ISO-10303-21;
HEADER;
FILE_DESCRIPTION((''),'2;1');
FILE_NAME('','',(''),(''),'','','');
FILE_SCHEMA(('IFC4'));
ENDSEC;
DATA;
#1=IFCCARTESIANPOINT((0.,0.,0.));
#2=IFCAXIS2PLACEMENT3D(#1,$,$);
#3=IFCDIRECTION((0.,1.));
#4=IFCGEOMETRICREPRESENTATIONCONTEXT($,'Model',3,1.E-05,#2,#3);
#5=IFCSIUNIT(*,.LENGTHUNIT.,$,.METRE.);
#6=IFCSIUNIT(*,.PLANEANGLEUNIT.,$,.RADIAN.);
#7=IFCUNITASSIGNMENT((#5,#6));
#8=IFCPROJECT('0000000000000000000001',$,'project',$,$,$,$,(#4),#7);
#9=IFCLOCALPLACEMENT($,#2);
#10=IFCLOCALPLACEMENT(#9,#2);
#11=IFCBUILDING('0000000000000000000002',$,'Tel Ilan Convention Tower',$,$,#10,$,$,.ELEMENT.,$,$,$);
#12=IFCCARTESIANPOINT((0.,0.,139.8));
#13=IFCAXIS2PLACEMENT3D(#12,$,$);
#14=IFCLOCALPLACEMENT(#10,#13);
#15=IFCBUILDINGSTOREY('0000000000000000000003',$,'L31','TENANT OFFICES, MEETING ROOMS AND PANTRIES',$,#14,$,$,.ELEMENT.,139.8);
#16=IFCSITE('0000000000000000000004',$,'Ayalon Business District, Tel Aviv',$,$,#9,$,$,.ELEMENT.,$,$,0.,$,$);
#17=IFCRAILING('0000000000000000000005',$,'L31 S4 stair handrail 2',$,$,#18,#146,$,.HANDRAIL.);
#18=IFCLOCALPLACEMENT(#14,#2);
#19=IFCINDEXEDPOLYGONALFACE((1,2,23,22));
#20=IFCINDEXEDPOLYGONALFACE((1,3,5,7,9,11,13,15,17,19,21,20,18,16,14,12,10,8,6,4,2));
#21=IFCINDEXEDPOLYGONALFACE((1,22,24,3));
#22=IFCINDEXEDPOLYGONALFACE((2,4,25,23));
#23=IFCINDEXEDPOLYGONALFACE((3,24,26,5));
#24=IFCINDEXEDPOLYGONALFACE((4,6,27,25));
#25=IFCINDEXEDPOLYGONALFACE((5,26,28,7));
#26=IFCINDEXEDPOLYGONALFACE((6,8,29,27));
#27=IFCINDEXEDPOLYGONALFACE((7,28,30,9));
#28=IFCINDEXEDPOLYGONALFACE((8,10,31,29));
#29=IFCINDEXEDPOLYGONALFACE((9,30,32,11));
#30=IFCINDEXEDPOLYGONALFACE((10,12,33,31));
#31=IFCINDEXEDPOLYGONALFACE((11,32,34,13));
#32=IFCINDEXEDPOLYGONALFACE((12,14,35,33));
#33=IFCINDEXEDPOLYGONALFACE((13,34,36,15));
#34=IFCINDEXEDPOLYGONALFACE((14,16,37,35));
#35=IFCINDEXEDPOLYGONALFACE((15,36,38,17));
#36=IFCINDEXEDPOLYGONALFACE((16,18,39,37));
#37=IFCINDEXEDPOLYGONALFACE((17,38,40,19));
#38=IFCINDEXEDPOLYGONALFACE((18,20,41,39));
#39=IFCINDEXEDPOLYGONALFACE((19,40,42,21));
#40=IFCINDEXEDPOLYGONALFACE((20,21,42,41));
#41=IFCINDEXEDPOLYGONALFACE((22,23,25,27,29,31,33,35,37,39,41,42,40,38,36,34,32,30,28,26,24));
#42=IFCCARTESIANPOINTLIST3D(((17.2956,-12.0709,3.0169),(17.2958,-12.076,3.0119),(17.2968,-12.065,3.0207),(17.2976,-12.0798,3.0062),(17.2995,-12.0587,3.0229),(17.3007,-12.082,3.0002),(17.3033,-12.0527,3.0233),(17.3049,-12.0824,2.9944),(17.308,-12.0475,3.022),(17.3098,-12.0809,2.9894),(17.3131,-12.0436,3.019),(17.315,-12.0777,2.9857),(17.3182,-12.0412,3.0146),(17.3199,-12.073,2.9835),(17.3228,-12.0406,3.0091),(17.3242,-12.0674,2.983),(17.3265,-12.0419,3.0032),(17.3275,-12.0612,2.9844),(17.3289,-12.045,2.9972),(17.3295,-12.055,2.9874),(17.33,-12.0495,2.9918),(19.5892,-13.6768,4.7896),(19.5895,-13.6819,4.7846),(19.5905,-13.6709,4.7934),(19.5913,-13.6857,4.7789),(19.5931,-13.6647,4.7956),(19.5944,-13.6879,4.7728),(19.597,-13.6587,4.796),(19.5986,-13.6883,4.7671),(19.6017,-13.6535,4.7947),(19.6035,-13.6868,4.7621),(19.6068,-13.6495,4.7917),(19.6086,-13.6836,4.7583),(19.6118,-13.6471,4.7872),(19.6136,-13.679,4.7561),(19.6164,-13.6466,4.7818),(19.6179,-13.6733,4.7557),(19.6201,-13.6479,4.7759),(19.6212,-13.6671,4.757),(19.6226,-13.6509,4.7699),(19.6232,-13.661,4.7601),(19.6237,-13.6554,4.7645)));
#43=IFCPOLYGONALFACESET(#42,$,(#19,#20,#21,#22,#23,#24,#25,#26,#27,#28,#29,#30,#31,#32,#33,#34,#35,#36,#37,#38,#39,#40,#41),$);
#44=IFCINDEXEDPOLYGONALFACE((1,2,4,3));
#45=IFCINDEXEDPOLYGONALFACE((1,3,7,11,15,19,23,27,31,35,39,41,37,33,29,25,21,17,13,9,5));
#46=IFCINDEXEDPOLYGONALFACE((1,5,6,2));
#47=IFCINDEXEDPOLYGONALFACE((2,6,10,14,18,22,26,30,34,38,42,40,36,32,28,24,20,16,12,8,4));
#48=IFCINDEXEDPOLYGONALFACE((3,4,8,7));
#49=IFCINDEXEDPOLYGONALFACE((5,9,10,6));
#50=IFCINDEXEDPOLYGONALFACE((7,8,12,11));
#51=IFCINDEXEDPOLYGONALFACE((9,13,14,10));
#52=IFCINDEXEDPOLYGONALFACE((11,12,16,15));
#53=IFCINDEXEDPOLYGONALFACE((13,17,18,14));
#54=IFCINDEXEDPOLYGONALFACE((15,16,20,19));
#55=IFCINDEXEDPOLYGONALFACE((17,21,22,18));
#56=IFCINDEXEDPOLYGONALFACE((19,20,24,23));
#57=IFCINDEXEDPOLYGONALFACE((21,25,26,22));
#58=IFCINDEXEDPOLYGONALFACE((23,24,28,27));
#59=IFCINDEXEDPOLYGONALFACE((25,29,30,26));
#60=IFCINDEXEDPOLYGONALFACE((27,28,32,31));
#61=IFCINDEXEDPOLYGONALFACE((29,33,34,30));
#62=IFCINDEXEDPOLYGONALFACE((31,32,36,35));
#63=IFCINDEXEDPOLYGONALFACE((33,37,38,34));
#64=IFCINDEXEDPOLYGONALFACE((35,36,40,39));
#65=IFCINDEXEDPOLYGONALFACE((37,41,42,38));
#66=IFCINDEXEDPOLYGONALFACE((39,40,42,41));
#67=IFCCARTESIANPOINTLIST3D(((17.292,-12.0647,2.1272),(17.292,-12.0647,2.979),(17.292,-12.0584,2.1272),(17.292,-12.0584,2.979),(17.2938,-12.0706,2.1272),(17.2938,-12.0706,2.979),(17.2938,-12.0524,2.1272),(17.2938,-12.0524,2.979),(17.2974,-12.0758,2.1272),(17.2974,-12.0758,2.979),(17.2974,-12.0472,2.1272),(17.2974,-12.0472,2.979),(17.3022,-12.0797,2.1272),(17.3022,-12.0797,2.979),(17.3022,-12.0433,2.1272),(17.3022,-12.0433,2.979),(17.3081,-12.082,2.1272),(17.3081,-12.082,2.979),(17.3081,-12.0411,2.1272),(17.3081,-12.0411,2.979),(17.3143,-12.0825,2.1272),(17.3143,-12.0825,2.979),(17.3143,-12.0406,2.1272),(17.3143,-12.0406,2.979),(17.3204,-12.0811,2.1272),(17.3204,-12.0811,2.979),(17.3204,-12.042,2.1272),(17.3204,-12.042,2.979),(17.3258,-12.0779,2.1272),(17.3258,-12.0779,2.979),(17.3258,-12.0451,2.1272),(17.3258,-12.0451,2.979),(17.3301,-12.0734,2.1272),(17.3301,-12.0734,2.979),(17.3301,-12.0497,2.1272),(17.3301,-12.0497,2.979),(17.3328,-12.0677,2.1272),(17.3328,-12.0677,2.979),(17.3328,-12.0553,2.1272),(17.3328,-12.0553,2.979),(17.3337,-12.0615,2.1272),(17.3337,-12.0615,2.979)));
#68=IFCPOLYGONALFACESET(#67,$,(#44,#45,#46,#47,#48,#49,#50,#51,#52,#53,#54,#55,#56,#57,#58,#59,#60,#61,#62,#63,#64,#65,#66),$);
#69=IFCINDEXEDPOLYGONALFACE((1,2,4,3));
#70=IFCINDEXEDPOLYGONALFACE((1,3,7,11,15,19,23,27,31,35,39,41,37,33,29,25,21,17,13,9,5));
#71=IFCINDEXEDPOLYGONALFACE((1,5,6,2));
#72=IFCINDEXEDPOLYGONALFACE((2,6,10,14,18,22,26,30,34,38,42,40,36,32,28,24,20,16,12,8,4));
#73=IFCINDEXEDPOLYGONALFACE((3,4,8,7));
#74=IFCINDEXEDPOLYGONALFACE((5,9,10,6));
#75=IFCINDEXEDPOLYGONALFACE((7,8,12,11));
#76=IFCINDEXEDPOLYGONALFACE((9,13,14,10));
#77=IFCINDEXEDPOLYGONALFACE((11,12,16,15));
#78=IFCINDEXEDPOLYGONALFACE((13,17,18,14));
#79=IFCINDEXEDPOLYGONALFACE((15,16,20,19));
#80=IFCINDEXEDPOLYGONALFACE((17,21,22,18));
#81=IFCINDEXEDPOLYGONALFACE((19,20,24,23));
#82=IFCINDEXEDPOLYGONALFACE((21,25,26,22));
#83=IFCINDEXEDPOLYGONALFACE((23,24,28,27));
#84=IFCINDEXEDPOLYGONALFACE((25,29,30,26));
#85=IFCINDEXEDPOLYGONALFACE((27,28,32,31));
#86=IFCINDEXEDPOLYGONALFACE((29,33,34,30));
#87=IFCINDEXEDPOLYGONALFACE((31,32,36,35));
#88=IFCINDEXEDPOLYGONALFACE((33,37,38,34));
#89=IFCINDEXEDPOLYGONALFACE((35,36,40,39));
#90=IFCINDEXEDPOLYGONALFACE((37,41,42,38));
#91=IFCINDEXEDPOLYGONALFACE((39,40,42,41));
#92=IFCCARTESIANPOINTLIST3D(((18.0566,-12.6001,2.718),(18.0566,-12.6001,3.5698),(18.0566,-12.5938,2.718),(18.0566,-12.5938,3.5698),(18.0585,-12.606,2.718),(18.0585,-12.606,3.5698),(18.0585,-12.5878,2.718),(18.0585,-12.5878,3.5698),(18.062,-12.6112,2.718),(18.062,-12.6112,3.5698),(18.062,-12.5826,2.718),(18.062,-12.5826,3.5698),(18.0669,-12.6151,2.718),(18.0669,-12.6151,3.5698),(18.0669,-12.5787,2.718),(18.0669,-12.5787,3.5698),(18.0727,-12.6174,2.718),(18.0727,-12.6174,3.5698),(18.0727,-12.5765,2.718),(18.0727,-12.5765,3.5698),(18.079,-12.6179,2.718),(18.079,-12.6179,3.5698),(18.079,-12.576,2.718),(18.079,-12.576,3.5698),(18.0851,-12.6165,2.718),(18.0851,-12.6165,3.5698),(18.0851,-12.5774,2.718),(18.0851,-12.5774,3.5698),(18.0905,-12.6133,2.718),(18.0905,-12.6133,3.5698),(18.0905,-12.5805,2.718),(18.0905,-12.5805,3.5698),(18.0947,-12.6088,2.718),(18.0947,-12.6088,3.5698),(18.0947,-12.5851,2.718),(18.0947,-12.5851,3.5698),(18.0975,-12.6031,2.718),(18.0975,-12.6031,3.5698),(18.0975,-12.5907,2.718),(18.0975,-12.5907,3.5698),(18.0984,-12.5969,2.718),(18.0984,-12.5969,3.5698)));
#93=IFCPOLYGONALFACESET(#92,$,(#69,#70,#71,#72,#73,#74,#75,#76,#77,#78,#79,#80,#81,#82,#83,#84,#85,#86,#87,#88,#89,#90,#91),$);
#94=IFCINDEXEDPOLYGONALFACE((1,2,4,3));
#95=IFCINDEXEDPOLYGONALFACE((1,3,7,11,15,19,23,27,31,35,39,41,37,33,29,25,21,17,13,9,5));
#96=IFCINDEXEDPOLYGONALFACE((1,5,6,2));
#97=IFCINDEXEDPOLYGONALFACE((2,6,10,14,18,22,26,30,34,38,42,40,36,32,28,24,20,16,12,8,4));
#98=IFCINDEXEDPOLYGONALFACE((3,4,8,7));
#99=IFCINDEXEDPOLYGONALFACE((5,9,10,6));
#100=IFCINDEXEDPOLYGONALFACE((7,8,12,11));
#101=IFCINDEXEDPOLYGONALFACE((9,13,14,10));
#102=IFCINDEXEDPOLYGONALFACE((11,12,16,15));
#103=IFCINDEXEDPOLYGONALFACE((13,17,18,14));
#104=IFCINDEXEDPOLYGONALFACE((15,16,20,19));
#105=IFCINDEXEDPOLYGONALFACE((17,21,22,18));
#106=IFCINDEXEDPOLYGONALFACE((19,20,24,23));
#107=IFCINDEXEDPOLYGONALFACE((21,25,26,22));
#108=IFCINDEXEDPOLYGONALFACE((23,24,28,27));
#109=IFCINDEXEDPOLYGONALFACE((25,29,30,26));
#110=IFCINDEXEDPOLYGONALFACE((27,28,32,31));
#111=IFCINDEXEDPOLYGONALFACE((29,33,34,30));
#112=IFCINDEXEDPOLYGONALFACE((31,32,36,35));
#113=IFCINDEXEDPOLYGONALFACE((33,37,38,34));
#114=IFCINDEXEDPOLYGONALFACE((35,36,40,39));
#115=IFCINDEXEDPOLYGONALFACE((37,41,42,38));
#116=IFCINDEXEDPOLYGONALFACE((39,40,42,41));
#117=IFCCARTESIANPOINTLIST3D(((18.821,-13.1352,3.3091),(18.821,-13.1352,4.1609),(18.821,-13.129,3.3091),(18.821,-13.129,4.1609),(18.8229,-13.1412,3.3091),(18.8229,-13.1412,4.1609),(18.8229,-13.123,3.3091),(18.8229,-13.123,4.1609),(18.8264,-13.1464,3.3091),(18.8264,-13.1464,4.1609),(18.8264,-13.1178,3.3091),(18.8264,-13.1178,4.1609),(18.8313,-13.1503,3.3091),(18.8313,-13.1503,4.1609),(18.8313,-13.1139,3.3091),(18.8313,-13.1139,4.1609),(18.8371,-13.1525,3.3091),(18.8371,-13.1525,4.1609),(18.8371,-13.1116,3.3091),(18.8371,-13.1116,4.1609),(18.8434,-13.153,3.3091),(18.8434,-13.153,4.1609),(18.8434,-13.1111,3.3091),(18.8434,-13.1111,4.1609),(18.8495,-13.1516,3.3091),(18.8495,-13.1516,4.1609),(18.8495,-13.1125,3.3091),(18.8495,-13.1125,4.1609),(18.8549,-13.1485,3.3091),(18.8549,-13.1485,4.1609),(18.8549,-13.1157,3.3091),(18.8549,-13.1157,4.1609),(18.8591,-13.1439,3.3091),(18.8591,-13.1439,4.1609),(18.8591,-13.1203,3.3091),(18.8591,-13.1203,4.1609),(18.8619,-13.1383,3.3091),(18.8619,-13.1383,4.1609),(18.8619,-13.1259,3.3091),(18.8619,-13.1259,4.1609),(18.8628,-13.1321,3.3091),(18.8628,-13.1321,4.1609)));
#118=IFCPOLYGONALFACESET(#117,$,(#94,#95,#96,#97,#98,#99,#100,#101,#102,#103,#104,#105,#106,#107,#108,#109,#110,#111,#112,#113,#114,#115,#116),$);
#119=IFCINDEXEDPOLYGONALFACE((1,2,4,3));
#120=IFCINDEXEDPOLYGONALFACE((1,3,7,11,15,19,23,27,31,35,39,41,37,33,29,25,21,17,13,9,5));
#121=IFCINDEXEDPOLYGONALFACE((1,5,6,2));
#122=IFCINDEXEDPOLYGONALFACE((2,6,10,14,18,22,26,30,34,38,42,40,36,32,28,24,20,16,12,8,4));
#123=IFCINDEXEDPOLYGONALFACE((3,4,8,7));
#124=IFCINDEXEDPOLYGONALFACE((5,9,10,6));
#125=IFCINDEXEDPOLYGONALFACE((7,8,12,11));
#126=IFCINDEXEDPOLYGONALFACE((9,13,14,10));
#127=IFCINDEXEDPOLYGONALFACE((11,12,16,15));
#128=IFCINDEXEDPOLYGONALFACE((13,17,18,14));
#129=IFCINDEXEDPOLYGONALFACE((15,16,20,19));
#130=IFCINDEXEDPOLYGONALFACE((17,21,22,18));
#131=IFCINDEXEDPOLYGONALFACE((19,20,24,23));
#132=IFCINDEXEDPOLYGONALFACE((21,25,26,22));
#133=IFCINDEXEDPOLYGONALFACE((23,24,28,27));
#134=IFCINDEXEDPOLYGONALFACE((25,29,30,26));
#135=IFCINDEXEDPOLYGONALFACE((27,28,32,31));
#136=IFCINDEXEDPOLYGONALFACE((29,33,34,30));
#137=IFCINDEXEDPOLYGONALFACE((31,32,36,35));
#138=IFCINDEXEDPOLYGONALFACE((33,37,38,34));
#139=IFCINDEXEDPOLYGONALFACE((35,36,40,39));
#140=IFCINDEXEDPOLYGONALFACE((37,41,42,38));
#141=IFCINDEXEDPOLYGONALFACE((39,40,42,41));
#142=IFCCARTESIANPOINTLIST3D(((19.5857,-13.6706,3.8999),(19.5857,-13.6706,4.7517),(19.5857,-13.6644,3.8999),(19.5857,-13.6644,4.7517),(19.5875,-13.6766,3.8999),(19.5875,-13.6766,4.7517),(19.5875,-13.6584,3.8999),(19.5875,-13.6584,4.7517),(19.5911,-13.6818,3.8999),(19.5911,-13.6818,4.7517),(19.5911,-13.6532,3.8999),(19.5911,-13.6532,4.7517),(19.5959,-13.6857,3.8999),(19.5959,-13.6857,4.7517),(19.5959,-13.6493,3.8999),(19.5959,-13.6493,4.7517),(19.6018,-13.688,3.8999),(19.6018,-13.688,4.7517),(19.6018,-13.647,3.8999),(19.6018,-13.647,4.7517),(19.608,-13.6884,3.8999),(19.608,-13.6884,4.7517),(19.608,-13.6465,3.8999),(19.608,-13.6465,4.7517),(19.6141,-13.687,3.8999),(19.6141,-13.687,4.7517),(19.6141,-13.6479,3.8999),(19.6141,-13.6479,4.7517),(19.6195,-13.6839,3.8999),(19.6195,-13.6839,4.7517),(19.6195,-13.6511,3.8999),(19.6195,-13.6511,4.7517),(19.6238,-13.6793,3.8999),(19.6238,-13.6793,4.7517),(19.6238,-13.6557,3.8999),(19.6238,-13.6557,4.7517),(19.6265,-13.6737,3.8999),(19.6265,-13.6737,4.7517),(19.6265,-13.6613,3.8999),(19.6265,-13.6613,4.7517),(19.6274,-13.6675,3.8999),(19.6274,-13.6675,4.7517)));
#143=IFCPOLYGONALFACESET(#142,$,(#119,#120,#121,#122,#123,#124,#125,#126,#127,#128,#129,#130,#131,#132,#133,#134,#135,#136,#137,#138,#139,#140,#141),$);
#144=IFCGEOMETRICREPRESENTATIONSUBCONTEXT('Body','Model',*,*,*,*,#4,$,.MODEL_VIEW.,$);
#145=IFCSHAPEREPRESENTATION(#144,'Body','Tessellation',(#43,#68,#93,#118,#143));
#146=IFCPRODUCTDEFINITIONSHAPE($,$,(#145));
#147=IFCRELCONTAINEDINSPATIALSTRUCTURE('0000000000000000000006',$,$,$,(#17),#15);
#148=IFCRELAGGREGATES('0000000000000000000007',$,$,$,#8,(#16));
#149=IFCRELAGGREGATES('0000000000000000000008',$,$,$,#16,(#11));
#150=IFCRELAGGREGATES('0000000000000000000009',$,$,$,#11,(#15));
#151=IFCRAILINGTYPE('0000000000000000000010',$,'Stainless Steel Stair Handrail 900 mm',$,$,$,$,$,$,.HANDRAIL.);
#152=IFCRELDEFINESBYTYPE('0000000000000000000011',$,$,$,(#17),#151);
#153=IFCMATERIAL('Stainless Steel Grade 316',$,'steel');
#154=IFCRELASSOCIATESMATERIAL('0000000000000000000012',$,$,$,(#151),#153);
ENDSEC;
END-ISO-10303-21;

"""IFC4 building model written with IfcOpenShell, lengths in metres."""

from ifc_helpers import new_model, si_unit, direction, frame, origin, origin_2d, place, context, subcontext, project, spatial, circle, extrude, material, type_object, element, save


model = new_model("IFC4")

# Units and contexts
model_context = context("Model", 3, precision=1e-05, world=origin(), true_north=direction((0.0, 1.0)))
body_context = subcontext(model_context, "Body", "Model", "MODEL_VIEW")
ifc_project = project(units=[si_unit("LENGTHUNIT", "METRE"), si_unit("PLANEANGLEUNIT", "RADIAN")], contexts=[model_context])

# Site, building, storey
site_placement = place(None, origin())
site = spatial("IfcSite", under=ifc_project, at=site_placement, Name="Ayalon Business District, Tel Aviv", CompositionType="ELEMENT", RefElevation=0.0)
building_placement = place(site_placement, origin())
building = spatial("IfcBuilding", under=site, at=building_placement, Name="Tel Ilan Convention Tower", CompositionType="ELEMENT")
storey_placement = place(building_placement, frame((0.0, 0.0, 139.8)))
storey = spatial("IfcBuildingStorey", under=building, at=storey_placement, Name="L31", Description="TENANT OFFICES, MEETING ROOMS AND PANTRIES", CompositionType="ELEMENT", Elevation=139.8)

# Railing
ifc_material_1 = material(Name="Stainless Steel Grade 316", Category="steel")
railing_type_1 = type_object("IfcRailingType", Name="Stainless Steel Stair Handrail 900 mm", PredefinedType="HANDRAIL", material=ifc_material_1)
railing_1_placement = place(storey_placement, frame((17.3127, -12.0615, 2.1272)))
element("IfcRailing", 1, at=railing_1_placement, inside=storey, type_object=railing_type_1, Name="L31 S4 stair handrail 2", PredefinedType="HANDRAIL", context=body_context, shape_type="SweptSolid", body=[
    extrude(circle(Radius=0.0239, at=origin_2d()), frame((0.0, 0.0, 0.876), z_axis=(0.692123, -0.484597, 0.534913), x_axis=(0.57355, 0.81917, 0.0)), (0.0, 0.0, 1.0), 3.314),
    extrude(circle(Radius=0.021, at=origin_2d()), origin(), (0.0, 0.0, 1.0), 0.8518),
    extrude(circle(Radius=0.021, at=origin_2d()), frame((0.7646, -0.5354, 0.5908)), (0.0, 0.0, 1.0), 0.8518),
    extrude(circle(Radius=0.021, at=origin_2d()), frame((1.5291, -1.0706, 1.1819)), (0.0, 0.0, 1.0), 0.8518),
    extrude(circle(Radius=0.021, at=origin_2d()), frame((2.2937, -1.606, 1.7727)), (0.0, 0.0, 1.0), 0.8518),
])

save(model, "model.ifc")
